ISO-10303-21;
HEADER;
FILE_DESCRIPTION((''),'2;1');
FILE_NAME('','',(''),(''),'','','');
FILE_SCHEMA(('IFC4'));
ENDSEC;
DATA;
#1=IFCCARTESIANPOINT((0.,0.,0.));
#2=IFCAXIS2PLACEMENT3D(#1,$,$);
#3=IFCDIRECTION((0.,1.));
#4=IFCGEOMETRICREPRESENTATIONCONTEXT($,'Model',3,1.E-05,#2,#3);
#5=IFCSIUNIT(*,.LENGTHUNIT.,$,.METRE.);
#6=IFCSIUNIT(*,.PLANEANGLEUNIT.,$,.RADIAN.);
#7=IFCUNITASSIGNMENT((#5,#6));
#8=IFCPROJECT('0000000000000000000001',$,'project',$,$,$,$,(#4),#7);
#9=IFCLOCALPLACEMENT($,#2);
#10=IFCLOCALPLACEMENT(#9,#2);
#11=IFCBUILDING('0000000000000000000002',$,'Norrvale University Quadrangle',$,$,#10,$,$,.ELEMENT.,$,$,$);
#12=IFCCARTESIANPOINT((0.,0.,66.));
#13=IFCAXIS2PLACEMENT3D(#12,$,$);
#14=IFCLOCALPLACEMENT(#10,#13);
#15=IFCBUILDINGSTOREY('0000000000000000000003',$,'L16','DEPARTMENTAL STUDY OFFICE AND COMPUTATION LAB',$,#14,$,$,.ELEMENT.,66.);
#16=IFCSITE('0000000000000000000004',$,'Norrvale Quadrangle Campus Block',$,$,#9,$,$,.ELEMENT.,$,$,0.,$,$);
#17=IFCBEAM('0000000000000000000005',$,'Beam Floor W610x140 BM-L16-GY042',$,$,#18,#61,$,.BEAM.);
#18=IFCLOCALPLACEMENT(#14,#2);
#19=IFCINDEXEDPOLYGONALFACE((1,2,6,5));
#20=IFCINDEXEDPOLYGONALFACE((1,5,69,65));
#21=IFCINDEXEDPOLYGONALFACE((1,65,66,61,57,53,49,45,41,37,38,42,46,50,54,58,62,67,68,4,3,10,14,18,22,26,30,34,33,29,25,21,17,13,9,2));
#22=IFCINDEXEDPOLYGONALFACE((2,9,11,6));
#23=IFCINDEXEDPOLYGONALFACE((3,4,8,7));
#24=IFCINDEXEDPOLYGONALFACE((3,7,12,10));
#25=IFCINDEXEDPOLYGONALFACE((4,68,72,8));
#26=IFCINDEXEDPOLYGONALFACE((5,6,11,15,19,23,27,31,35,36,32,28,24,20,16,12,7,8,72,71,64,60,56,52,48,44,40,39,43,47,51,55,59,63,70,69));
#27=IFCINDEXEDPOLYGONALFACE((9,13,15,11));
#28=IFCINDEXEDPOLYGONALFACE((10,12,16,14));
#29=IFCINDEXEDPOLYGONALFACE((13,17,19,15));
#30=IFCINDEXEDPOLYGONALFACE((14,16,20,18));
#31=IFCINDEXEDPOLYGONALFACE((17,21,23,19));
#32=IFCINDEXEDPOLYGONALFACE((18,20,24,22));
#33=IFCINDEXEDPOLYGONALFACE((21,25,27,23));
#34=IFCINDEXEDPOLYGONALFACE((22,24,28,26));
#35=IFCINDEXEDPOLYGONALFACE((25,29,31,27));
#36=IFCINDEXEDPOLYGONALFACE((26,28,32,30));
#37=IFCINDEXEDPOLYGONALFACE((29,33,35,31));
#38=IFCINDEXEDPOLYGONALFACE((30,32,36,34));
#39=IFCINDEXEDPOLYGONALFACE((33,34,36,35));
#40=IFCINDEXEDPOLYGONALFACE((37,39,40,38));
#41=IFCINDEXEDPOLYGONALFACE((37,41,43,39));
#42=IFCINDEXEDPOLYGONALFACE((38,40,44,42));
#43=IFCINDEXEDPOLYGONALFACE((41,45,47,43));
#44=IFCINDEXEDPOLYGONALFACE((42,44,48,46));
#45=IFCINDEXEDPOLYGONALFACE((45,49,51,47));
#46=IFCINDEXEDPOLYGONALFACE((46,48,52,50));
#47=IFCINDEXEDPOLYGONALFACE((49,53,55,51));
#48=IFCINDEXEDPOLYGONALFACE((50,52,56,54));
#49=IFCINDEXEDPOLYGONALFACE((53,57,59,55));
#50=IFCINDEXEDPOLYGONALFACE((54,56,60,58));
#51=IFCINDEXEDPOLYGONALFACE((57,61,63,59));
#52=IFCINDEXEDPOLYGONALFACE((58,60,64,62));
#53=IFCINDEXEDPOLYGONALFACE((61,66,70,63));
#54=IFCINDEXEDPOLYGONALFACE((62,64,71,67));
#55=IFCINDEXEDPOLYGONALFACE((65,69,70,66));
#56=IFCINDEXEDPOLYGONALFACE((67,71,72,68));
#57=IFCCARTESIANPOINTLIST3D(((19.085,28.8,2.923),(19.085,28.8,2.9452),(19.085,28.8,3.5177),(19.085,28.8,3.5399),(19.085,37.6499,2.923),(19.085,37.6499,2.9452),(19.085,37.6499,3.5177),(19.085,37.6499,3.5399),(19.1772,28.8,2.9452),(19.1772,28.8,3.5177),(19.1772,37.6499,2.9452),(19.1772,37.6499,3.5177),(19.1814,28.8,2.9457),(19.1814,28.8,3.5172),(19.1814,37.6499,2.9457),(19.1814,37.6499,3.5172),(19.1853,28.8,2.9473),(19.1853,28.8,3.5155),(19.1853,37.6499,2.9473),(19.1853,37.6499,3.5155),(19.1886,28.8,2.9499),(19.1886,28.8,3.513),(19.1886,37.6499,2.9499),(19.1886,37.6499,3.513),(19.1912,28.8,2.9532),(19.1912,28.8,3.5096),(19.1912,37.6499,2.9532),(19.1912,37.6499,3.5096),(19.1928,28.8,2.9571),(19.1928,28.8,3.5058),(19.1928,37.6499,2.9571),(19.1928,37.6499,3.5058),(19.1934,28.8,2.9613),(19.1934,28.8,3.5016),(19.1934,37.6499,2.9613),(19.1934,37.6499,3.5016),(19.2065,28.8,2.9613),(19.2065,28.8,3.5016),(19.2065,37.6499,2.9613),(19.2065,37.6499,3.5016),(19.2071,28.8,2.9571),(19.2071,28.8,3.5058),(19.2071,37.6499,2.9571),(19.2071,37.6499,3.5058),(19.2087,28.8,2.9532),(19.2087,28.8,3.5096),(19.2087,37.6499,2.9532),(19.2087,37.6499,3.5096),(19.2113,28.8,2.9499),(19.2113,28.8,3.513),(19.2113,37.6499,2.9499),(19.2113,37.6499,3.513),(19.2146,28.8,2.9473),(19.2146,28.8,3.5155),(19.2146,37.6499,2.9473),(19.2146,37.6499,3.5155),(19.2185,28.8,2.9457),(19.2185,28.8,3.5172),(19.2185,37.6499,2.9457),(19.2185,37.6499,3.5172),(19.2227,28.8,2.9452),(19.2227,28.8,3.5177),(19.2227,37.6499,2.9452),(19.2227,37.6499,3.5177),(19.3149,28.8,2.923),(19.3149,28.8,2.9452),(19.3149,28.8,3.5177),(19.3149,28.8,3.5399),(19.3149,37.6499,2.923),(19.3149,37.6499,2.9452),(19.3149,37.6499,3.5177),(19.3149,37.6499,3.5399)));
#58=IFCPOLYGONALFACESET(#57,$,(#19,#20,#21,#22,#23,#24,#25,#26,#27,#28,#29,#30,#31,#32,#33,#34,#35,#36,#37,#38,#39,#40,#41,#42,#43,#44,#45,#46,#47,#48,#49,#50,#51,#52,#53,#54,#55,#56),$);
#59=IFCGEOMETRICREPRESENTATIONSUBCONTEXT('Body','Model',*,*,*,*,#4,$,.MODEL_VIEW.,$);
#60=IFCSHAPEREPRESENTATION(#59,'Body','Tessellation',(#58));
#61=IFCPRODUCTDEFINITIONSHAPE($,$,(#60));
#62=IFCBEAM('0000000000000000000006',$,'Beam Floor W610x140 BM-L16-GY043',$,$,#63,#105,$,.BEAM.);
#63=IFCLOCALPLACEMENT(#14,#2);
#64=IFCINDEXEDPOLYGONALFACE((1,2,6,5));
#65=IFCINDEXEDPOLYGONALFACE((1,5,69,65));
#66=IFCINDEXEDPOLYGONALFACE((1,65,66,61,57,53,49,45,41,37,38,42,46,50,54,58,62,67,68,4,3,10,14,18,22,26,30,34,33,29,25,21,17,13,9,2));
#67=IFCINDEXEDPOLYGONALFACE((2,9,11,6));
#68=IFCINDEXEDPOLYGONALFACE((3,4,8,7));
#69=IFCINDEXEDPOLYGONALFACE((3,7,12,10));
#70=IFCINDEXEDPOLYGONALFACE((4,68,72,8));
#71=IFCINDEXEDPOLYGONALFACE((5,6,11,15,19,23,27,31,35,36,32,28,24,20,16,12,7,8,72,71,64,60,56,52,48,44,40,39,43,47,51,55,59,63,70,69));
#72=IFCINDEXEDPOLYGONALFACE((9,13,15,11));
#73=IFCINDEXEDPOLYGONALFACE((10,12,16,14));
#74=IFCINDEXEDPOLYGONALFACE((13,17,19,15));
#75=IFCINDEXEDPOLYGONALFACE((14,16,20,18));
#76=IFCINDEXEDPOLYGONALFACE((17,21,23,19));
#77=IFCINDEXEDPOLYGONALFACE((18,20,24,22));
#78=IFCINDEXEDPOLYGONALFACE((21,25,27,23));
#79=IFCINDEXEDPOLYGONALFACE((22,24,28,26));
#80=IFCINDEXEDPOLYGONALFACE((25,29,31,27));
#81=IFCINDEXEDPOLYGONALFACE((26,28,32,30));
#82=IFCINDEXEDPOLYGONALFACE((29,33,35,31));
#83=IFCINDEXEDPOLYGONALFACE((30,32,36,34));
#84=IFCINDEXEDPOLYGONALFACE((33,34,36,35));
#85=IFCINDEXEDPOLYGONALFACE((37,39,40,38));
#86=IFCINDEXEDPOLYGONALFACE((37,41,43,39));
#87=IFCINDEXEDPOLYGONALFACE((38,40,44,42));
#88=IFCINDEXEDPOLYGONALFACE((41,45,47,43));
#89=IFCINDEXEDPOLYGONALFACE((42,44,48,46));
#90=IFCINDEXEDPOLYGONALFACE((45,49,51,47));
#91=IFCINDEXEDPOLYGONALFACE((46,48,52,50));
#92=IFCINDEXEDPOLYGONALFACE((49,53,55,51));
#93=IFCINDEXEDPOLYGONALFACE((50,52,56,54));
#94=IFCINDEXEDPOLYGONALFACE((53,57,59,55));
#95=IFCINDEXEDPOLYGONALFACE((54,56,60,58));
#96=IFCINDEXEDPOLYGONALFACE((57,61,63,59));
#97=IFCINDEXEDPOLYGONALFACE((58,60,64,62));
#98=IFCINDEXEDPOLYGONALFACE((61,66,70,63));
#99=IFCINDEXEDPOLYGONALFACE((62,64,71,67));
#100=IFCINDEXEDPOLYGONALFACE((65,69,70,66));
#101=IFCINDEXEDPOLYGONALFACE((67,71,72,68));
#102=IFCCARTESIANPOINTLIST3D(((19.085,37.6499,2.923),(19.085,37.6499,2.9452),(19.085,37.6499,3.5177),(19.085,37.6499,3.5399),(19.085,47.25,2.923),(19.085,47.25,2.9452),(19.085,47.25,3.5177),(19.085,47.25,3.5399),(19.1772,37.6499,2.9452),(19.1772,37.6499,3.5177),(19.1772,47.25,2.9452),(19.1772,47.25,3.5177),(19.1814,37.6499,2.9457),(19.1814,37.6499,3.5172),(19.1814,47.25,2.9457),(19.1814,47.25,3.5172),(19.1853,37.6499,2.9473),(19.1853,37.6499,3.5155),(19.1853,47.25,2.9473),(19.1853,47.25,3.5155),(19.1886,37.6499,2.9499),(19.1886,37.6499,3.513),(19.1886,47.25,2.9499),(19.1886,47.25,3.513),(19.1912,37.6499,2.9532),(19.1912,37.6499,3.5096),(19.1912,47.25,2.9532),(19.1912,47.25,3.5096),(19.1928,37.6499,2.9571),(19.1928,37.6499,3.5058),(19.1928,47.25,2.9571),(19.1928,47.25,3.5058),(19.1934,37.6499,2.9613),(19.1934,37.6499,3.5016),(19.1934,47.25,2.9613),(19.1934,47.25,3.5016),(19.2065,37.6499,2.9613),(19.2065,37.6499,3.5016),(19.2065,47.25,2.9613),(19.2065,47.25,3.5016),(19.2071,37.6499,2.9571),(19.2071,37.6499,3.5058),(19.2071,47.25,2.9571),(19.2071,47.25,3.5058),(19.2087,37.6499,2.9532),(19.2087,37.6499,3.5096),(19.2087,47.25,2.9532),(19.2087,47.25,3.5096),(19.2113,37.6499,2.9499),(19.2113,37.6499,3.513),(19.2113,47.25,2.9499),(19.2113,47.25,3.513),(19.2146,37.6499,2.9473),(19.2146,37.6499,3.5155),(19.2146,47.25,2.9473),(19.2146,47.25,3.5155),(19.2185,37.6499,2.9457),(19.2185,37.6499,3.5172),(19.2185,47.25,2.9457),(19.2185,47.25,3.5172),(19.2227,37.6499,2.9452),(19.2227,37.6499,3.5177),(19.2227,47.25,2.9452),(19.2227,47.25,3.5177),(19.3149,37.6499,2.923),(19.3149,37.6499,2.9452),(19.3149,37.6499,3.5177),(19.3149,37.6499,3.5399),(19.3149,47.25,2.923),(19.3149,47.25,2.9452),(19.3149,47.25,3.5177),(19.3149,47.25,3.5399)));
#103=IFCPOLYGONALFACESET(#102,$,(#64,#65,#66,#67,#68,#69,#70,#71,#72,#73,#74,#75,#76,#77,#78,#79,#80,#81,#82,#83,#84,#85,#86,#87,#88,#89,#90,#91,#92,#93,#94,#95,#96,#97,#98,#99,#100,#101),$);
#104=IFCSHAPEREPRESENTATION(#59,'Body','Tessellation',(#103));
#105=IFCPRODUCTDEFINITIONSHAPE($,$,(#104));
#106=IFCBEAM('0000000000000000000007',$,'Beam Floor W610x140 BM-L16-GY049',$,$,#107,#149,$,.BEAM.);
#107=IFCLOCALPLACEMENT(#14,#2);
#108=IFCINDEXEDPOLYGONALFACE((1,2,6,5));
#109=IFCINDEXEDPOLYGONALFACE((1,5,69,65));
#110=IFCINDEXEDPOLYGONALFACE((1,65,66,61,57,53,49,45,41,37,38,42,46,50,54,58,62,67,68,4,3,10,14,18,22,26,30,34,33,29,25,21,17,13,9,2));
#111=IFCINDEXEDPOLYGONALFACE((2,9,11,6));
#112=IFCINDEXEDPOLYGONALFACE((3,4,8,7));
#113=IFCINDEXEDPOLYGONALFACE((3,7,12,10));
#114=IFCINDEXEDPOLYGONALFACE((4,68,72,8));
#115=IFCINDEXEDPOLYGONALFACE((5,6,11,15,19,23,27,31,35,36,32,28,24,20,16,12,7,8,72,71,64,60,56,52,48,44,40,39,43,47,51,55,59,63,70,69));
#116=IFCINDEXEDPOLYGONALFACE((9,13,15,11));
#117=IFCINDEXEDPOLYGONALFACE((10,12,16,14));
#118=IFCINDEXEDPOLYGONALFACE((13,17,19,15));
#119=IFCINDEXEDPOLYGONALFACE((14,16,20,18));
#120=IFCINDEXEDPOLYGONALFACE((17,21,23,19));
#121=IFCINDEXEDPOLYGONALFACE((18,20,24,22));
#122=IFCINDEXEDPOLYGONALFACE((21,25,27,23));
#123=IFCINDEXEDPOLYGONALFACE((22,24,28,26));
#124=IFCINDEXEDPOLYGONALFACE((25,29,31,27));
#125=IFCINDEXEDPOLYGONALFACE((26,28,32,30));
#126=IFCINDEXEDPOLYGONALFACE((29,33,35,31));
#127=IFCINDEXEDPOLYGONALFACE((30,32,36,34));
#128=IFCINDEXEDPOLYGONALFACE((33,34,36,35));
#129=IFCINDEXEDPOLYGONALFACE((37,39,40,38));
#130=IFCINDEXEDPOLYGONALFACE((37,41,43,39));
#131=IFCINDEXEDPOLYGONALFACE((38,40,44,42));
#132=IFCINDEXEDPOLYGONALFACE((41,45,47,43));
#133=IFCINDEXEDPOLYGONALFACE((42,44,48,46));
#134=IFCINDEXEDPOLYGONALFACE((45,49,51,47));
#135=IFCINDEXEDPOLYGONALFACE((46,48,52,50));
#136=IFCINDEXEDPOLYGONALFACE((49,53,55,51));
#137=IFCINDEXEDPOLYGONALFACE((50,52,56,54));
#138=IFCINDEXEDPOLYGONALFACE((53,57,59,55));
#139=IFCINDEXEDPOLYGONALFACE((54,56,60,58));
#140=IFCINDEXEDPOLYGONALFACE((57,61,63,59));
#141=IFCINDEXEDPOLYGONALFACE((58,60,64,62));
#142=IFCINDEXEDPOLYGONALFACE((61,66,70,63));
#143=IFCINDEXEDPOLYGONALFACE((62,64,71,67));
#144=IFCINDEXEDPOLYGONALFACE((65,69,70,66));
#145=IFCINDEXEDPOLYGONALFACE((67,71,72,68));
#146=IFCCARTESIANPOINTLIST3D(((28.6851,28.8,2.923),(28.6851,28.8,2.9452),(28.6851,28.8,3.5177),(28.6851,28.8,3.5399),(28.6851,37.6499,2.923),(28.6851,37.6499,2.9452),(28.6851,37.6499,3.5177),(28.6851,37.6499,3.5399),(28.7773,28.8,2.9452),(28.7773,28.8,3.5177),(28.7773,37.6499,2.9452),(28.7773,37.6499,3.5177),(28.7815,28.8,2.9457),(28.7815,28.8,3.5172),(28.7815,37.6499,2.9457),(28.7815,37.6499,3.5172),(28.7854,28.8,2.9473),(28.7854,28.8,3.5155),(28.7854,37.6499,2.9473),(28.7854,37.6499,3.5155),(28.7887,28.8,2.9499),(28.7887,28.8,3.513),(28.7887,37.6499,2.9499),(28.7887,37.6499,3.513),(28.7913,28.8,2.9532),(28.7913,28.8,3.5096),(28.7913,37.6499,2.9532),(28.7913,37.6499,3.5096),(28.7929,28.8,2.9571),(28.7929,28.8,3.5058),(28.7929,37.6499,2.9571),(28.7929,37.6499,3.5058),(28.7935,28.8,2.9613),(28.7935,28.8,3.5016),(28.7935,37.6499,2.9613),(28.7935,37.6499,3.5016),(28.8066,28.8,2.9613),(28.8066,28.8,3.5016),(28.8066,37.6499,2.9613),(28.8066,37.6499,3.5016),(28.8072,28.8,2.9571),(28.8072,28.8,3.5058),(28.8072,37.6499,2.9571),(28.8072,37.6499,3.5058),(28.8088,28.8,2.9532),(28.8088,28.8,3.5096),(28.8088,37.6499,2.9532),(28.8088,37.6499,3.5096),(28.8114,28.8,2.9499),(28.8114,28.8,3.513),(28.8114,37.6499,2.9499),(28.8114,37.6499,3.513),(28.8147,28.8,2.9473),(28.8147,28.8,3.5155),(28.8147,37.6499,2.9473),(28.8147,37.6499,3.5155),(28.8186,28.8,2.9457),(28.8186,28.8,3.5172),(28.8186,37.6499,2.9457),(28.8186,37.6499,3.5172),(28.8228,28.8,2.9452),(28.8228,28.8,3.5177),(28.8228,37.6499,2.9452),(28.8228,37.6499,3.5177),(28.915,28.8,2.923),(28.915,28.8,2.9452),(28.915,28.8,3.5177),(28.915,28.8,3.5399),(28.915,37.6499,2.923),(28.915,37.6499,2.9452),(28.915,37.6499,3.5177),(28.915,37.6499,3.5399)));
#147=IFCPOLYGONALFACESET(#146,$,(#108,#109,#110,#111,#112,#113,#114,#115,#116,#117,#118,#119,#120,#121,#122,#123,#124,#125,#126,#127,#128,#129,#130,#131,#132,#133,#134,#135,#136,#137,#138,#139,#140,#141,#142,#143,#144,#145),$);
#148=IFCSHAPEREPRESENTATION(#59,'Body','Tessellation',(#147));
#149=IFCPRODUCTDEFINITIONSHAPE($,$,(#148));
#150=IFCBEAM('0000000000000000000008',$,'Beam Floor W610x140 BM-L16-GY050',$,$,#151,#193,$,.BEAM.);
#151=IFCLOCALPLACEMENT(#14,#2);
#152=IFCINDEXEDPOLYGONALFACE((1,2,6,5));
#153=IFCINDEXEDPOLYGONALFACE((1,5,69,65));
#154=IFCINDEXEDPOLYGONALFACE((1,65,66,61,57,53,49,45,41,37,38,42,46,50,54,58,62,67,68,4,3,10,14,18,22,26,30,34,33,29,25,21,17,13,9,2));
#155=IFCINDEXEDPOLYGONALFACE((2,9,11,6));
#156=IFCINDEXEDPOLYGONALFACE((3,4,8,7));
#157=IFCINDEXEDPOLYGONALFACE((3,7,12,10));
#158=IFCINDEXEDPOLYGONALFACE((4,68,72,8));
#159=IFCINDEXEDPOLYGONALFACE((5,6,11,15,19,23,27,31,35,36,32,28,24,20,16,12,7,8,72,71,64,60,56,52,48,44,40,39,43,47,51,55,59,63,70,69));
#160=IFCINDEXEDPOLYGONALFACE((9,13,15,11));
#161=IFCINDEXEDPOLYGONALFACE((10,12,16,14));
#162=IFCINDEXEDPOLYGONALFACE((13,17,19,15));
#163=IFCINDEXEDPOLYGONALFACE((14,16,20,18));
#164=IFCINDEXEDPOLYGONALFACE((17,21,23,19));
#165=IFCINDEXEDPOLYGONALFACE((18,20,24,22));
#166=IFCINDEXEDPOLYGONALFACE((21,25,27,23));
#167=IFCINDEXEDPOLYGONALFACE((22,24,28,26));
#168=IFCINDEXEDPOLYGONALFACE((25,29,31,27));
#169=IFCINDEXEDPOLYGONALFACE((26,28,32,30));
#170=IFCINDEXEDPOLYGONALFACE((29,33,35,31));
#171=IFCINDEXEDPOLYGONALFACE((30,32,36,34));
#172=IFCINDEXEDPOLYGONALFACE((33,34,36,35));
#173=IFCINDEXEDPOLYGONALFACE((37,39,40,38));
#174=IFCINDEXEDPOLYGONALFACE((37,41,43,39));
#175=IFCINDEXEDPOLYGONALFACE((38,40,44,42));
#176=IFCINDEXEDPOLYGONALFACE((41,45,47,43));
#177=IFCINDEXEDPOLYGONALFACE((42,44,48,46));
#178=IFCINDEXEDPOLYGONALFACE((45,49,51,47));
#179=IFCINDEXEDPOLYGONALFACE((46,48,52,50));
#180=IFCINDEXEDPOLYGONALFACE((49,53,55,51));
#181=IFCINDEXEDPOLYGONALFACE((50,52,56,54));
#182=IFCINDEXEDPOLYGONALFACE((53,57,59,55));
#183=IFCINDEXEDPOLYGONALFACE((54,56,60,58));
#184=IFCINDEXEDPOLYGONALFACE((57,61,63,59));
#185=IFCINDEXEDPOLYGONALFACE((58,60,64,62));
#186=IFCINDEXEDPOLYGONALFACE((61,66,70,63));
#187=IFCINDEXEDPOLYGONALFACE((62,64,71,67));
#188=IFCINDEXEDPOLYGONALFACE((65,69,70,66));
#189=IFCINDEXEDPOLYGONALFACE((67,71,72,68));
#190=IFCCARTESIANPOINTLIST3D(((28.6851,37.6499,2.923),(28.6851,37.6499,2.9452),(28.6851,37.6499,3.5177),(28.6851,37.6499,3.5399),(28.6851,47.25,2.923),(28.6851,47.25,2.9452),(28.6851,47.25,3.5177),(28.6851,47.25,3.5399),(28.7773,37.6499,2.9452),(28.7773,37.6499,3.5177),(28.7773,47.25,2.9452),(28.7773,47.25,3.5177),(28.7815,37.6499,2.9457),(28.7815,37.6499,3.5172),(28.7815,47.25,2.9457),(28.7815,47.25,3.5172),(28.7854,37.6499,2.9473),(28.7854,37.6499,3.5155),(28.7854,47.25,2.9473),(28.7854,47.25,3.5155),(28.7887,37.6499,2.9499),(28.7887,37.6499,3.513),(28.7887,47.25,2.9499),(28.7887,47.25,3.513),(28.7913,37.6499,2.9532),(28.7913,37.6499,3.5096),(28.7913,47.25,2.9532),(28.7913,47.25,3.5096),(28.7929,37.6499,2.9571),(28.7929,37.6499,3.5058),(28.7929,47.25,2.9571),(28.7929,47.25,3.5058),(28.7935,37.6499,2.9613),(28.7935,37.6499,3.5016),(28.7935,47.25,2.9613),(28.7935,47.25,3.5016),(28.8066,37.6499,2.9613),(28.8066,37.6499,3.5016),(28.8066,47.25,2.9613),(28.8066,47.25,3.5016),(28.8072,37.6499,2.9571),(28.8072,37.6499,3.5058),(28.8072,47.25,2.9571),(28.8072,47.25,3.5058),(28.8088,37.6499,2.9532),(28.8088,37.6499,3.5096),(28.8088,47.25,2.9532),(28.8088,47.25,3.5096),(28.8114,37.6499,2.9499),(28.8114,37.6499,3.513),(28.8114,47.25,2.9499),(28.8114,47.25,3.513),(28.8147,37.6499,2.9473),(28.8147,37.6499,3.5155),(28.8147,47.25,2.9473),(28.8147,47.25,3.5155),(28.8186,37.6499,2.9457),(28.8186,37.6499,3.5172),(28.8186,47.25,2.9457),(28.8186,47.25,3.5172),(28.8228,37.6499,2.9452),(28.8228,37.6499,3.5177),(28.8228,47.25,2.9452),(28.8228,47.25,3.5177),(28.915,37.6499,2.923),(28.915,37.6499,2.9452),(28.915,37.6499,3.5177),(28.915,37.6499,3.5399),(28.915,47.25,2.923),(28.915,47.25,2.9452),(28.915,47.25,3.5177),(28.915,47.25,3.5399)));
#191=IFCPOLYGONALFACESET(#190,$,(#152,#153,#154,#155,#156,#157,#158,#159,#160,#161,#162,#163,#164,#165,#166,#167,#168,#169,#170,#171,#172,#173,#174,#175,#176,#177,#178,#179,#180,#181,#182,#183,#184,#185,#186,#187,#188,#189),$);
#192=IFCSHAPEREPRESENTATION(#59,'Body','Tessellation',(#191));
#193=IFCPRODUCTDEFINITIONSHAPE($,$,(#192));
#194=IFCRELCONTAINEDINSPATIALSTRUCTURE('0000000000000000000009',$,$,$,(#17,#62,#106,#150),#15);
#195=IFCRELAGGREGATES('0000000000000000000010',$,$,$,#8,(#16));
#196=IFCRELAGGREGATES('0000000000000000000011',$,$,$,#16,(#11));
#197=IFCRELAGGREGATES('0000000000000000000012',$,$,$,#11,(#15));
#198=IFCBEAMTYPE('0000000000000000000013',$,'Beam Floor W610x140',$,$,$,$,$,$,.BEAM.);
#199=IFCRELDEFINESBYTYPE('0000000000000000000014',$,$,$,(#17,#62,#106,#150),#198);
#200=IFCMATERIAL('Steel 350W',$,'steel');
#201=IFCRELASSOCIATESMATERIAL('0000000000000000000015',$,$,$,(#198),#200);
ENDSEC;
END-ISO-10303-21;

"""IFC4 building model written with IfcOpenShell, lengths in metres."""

from ifc_helpers import new_model, si_unit, direction, frame, origin, origin_2d, place, context, subcontext, project, spatial, i_section, extrude, material, material_profile, profile_set, type_object, element, save


model = new_model("IFC4")

# Units and contexts
model_context = context("Model", 3, precision=1e-05, world=origin(), true_north=direction((0.0, 1.0)))
body_context = subcontext(model_context, "Body", "Model", "MODEL_VIEW")
ifc_project = project(units=[si_unit("LENGTHUNIT", "METRE"), si_unit("PLANEANGLEUNIT", "RADIAN")], contexts=[model_context])

# Site, building, storey
site_placement = place(None, origin())
site = spatial("IfcSite", under=ifc_project, at=site_placement, Name="Norrvale Quadrangle Campus Block", CompositionType="ELEMENT", RefElevation=0.0)
building_placement = place(site_placement, origin())
building = spatial("IfcBuilding", under=site, at=building_placement, Name="Norrvale University Quadrangle", CompositionType="ELEMENT")
storey_placement = place(building_placement, frame((0.0, 0.0, 66.0)))
storey = spatial("IfcBuildingStorey", under=building, at=storey_placement, Name="L16", Description="DEPARTMENTAL STUDY OFFICE AND COMPUTATION LAB", CompositionType="ELEMENT", Elevation=66.0)

# Beams
ifc_material_1 = material(Name="Steel 350W", Category="steel")
ifc_material_profile_1 = material_profile(ifc_material_1, i_section(OverallWidth=0.23, OverallDepth=0.6169, WebThickness=0.0132, FlangeThickness=0.0222, FilletRadius=0.0161, at=origin_2d()), Name="Steel 350W")
ifc_profile_set_1 = profile_set([ifc_material_profile_1], Name="Steel 350W")
beam_type_1 = type_object("IfcBeamType", Name="Beam Floor W610x140", PredefinedType="BEAM", material=ifc_profile_set_1)
for number, where, z_axis, x_axis, name in (
    (1, (19.2, 28.8, 3.2314), (0.0, 1.0, 0.0), (-1.0, 0.0, 0.0), "Beam Floor W610x140 BM-L16-GY042"),
):
    element("IfcBeam", number, at=place(storey_placement, frame(where, z_axis=z_axis, x_axis=x_axis)), inside=storey, type_object=beam_type_1, Name=name, PredefinedType="BEAM", context=body_context, shape_type="SweptSolid", body=[
        extrude(i_section(OverallWidth=0.23, OverallDepth=0.6169, WebThickness=0.0132, FlangeThickness=0.0222, FilletRadius=0.0161, at=origin_2d()), origin(), (0.0, 0.0, 1.0), 8.8499),
    ])
beam_1_placement = place(storey_placement, frame((19.2, 37.6499, 3.2314), z_axis=(0.0, 1.0, 0.0), x_axis=(-1.0, 0.0, 0.0)))
element("IfcBeam", 2, at=beam_1_placement, inside=storey, type_object=beam_type_1, Name="Beam Floor W610x140 BM-L16-GY043", PredefinedType="BEAM", context=body_context, shape_type="SweptSolid", body=[
    extrude(i_section(OverallWidth=0.23, OverallDepth=0.6169, WebThickness=0.0132, FlangeThickness=0.0222, FilletRadius=0.0161, at=origin_2d()), origin(), (0.0, 0.0, 1.0), 9.6001),
])
beam_2_placement = place(storey_placement, frame((28.8, 28.8, 3.2314), z_axis=(0.0, 1.0, 0.0), x_axis=(-1.0, 0.0, 0.0)))
element("IfcBeam", 3, at=beam_2_placement, inside=storey, type_object=beam_type_1, Name="Beam Floor W610x140 BM-L16-GY049", PredefinedType="BEAM", context=body_context, shape_type="SweptSolid", body=[
    extrude(i_section(OverallWidth=0.23, OverallDepth=0.6169, WebThickness=0.0132, FlangeThickness=0.0222, FilletRadius=0.0161, at=origin_2d()), origin(), (0.0, 0.0, 1.0), 8.8499),
])
beam_3_placement = place(storey_placement, frame((28.8, 37.6499, 3.2314), z_axis=(0.0, 1.0, 0.0), x_axis=(-1.0, 0.0, 0.0)))
element("IfcBeam", 4, at=beam_3_placement, inside=storey, type_object=beam_type_1, Name="Beam Floor W610x140 BM-L16-GY050", PredefinedType="BEAM", context=body_context, shape_type="SweptSolid", body=[
    extrude(i_section(OverallWidth=0.23, OverallDepth=0.6169, WebThickness=0.0132, FlangeThickness=0.0222, FilletRadius=0.0161, at=origin_2d()), origin(), (0.0, 0.0, 1.0), 9.6001),
])

save(model, "model.ifc")
